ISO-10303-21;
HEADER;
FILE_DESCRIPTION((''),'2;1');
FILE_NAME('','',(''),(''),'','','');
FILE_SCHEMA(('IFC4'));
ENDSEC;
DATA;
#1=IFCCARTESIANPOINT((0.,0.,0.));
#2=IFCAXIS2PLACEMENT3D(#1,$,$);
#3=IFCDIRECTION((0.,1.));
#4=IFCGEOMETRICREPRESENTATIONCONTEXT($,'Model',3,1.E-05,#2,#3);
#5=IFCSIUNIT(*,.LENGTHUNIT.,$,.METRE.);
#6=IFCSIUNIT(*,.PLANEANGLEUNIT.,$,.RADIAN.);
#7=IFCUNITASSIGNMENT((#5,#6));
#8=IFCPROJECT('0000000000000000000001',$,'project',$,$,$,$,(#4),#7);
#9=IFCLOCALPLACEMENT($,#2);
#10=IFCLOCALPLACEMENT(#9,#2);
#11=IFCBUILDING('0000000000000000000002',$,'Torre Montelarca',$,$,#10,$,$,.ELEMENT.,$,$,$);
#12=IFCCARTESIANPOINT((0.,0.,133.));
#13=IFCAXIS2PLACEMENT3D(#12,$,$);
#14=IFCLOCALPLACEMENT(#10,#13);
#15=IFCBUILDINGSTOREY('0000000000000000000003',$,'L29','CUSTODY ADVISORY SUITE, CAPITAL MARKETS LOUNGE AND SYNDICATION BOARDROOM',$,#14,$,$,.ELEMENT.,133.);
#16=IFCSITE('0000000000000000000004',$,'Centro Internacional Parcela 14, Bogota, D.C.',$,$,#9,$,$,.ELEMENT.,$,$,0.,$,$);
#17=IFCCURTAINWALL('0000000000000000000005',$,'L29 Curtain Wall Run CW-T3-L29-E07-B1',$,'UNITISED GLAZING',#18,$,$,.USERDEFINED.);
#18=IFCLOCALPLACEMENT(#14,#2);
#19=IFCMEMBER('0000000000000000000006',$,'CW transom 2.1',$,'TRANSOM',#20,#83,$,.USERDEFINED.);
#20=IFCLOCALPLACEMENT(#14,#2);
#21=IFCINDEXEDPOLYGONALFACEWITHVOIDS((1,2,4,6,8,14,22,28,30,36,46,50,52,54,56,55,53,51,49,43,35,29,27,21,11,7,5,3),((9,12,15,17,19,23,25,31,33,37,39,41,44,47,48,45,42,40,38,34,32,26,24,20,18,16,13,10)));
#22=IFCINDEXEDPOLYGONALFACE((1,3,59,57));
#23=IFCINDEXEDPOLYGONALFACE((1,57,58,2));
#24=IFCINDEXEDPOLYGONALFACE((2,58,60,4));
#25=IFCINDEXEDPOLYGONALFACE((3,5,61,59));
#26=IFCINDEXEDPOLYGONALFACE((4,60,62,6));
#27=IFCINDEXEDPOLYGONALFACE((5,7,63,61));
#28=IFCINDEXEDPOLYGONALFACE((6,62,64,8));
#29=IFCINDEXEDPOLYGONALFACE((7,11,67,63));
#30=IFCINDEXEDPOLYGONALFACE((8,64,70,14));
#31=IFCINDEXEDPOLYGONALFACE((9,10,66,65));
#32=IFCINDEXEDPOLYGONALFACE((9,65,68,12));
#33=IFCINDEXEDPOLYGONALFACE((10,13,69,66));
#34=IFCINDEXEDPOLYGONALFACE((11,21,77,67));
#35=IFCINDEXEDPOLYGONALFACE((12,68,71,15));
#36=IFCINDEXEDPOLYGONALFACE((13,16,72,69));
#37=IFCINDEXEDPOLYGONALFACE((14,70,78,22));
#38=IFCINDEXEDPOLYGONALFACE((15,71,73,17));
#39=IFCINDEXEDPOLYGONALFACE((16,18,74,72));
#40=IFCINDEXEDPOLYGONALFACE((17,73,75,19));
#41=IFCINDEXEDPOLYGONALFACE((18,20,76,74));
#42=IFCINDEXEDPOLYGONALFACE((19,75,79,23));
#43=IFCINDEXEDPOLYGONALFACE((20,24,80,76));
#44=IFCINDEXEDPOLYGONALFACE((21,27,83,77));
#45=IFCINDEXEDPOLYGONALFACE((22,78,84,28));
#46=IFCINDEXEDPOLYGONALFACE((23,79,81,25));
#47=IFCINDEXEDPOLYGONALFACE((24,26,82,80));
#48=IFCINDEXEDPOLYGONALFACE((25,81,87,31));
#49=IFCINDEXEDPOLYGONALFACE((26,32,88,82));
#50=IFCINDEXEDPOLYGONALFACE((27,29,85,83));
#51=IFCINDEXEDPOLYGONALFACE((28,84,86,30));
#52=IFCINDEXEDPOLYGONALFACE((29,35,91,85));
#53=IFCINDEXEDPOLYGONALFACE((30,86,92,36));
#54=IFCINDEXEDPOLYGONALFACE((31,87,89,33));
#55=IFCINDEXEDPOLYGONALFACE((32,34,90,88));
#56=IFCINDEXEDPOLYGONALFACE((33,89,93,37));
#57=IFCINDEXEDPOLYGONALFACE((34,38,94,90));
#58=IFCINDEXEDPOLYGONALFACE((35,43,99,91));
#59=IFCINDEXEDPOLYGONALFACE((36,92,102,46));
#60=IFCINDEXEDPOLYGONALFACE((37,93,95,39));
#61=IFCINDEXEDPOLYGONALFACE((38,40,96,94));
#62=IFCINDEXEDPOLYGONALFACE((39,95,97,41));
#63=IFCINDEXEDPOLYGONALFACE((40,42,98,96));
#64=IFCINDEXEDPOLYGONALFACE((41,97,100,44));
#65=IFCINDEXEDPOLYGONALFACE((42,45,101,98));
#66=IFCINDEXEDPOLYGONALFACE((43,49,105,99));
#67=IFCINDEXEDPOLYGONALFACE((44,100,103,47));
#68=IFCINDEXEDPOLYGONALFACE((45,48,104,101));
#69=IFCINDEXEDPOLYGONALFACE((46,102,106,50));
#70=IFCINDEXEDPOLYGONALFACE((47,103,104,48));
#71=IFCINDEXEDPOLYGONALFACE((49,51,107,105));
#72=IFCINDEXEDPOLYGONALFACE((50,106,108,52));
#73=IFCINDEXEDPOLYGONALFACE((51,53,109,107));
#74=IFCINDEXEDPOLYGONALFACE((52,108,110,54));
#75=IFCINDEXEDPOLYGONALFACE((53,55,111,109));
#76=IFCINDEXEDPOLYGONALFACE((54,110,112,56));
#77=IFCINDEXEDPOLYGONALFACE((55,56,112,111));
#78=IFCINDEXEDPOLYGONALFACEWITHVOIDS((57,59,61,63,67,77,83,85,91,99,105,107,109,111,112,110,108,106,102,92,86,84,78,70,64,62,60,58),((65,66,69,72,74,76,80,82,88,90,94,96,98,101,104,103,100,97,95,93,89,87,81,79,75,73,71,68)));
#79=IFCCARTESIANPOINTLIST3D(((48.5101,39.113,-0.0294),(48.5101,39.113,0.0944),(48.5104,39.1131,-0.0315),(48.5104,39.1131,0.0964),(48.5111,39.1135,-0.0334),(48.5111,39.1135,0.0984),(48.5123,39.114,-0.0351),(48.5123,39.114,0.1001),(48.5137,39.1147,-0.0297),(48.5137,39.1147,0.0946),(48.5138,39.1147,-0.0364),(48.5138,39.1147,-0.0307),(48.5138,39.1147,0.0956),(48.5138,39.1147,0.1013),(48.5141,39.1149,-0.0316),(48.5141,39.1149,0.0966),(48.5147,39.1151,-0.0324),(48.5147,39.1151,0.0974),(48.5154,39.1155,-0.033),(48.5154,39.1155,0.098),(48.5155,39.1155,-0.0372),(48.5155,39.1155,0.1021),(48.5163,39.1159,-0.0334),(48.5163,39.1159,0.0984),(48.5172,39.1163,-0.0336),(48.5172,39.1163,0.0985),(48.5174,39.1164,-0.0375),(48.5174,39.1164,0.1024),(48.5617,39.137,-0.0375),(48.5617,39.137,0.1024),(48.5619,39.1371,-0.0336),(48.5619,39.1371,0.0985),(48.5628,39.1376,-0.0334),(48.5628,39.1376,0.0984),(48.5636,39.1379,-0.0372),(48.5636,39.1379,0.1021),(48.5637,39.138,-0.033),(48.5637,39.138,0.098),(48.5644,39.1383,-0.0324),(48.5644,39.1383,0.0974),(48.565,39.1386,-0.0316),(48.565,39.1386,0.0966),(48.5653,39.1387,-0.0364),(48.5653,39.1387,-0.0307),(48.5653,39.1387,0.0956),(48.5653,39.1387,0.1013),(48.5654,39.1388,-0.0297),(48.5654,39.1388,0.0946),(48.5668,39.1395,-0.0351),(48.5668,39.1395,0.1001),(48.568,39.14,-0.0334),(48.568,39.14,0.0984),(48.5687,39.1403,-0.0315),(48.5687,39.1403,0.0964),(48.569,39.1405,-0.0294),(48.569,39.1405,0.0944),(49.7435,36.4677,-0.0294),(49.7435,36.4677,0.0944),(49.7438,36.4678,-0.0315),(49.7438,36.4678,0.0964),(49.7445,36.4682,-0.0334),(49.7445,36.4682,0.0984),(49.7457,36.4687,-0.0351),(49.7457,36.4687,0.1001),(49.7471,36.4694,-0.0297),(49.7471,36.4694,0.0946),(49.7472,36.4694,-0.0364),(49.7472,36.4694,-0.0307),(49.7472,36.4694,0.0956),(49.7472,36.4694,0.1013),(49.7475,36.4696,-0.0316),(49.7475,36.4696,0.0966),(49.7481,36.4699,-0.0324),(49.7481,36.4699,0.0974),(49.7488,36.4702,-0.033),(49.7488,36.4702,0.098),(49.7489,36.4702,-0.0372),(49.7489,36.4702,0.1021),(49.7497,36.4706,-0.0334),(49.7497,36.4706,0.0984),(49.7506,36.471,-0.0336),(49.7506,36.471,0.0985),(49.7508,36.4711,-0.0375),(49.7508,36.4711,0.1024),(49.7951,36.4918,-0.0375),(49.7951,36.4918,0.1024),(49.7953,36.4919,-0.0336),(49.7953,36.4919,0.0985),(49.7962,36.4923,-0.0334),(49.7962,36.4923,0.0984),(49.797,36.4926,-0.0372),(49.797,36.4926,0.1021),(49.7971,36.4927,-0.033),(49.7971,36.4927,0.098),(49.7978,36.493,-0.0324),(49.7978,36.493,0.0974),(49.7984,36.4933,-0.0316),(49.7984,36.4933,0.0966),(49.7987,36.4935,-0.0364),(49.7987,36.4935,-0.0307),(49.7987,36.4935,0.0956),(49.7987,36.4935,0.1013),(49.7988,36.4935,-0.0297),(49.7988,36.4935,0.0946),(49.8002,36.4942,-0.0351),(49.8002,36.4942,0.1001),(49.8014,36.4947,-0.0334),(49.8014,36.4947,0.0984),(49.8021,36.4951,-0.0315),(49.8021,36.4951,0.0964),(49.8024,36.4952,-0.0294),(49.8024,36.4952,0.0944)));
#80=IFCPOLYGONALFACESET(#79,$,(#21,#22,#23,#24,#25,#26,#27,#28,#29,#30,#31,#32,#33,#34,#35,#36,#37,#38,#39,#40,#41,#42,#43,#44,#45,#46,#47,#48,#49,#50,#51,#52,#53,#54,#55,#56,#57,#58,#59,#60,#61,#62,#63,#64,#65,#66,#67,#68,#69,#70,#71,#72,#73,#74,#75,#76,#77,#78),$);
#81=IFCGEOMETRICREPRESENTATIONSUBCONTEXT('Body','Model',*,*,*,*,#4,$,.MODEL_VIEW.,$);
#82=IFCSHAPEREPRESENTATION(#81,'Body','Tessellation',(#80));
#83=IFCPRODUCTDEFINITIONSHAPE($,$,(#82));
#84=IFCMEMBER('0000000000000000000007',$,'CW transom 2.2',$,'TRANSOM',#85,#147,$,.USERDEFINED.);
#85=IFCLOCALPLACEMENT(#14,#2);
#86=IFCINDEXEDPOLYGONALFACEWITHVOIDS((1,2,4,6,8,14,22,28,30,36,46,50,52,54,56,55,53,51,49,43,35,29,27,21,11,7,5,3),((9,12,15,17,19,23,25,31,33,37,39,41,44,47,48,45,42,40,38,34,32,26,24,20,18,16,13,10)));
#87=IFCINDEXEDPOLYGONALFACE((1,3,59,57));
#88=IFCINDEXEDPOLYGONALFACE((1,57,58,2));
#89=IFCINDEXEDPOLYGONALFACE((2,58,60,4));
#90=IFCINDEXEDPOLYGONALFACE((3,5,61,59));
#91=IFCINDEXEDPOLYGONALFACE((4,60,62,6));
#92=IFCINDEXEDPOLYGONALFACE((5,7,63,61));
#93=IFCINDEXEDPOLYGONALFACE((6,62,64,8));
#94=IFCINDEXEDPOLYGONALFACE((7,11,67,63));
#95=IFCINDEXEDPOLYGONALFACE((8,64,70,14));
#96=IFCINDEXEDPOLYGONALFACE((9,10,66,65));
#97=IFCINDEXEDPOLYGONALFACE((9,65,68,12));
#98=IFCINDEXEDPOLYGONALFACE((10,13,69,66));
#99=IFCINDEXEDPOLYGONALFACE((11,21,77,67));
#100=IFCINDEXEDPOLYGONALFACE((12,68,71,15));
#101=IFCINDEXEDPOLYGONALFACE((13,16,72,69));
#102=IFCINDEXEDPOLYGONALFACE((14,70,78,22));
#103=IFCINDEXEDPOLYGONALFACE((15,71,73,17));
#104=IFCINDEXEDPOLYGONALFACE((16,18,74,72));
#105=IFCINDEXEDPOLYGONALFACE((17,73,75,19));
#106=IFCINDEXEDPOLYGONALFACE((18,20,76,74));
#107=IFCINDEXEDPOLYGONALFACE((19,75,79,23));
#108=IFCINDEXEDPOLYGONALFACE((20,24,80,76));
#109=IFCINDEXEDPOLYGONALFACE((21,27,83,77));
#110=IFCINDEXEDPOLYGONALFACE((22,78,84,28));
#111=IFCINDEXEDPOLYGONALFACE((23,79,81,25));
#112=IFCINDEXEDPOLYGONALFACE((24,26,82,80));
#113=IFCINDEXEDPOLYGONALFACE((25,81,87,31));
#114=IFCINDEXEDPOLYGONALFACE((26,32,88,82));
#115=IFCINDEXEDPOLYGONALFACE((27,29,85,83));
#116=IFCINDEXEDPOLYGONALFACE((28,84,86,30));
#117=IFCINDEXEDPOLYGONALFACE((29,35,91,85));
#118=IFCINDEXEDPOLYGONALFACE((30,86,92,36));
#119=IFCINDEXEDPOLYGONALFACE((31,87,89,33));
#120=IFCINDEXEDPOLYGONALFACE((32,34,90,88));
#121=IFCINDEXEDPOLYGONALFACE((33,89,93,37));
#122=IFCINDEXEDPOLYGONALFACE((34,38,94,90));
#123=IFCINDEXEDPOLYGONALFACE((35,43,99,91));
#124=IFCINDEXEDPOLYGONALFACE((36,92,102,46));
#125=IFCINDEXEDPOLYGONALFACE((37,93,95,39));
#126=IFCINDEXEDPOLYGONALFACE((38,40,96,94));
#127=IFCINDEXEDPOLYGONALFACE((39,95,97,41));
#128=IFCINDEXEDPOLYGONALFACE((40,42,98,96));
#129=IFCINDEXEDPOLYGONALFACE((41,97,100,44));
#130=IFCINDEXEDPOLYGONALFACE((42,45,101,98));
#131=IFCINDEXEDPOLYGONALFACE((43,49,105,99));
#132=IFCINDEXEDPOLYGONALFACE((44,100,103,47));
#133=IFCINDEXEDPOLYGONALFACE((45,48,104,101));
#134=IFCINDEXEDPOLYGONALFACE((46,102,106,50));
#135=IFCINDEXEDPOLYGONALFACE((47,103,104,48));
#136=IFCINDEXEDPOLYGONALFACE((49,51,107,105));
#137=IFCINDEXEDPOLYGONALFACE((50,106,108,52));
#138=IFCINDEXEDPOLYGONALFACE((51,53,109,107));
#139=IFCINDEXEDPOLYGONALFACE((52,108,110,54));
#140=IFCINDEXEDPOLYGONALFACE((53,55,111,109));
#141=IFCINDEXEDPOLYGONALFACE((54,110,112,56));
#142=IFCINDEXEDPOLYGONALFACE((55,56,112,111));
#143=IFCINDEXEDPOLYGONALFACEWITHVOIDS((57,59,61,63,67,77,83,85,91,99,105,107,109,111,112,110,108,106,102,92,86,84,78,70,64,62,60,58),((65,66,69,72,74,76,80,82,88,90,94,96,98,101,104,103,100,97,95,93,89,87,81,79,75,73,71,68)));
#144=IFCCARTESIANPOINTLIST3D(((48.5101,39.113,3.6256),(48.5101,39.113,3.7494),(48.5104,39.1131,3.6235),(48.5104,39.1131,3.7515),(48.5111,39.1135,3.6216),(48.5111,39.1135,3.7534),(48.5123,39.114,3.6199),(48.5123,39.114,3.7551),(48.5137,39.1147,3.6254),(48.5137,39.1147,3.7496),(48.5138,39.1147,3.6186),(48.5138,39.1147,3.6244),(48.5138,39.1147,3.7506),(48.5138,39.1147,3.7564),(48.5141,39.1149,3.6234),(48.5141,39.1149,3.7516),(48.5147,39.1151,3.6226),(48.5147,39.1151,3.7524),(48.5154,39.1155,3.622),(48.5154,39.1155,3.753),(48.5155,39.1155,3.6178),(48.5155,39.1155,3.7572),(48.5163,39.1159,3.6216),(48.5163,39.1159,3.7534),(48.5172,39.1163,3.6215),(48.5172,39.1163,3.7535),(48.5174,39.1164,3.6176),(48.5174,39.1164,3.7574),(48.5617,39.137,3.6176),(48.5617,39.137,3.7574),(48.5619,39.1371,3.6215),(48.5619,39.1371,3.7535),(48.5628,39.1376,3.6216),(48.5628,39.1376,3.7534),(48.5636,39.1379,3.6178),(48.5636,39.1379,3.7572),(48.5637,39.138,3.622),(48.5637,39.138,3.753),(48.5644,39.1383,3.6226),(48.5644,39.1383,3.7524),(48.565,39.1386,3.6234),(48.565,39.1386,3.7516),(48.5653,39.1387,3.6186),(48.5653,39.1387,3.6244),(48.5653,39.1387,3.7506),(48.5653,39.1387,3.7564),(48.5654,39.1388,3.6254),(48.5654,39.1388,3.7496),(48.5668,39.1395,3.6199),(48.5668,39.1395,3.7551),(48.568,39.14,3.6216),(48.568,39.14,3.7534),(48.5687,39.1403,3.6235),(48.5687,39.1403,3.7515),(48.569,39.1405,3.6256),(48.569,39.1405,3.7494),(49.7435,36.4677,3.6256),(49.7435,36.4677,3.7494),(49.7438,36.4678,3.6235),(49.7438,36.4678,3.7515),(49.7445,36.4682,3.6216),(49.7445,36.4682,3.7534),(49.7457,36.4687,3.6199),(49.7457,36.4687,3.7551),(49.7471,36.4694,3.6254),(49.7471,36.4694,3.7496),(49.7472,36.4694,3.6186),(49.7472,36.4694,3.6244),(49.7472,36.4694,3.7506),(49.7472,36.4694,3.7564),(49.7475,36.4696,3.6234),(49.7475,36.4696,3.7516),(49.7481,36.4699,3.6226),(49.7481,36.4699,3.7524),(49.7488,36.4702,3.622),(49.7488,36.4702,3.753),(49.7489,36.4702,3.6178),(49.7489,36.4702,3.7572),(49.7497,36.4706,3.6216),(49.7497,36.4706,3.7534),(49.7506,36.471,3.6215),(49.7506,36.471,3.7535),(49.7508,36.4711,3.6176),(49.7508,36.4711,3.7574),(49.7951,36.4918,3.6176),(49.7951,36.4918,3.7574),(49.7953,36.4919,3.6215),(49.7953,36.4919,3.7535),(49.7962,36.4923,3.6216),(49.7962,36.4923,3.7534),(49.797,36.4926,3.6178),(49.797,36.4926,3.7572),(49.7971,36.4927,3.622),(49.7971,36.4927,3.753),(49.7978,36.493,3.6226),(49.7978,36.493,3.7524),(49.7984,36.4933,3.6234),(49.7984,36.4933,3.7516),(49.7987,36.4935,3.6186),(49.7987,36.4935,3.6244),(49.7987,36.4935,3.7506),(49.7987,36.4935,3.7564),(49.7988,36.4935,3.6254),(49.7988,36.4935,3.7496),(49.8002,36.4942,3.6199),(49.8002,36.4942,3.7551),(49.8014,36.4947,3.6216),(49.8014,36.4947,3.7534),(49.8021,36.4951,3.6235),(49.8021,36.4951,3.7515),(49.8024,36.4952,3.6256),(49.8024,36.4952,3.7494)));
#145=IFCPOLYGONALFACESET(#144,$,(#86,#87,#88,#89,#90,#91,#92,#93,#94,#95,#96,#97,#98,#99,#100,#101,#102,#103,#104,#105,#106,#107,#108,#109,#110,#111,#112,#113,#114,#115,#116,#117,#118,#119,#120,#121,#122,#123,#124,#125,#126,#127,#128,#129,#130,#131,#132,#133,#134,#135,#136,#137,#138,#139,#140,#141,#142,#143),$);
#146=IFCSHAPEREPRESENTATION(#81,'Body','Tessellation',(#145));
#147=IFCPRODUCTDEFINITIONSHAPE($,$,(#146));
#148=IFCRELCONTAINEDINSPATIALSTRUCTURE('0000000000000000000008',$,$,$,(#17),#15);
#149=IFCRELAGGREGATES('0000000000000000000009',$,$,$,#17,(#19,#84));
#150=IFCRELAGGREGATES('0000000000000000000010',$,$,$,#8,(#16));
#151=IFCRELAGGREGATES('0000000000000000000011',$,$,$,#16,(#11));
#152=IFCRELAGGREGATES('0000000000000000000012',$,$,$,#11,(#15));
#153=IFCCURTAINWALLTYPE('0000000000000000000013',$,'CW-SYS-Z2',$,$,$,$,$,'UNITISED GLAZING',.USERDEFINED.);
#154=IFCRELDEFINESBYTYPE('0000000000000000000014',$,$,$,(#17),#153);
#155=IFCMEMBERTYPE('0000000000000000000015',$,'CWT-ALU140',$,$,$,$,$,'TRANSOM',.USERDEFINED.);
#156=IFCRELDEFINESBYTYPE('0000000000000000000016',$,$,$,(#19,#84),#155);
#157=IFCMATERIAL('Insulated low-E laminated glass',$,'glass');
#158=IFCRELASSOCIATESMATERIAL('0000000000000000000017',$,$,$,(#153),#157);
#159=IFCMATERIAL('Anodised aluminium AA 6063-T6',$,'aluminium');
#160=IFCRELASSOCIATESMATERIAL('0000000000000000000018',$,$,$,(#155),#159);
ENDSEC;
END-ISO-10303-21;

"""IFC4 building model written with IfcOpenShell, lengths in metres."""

from ifc_helpers import new_model, si_unit, direction, frame, origin, origin_2d, place, context, subcontext, project, spatial, hollow_rectangle, extrude, source, transform, mapped, material, material_profile, profile_set, type_object, element, aggregate, save


model = new_model("IFC4")

# Units and contexts
model_context = context("Model", 3, precision=1e-05, world=origin(), true_north=direction((0.0, 1.0)))
body_context = subcontext(model_context, "Body", "Model", "MODEL_VIEW")
ifc_project = project(units=[si_unit("LENGTHUNIT", "METRE"), si_unit("PLANEANGLEUNIT", "RADIAN")], contexts=[model_context])

# Site, building, storey
site_placement = place(None, origin())
site = spatial("IfcSite", under=ifc_project, at=site_placement, Name="Centro Internacional Parcela 14, Bogota, D.C.", CompositionType="ELEMENT", RefElevation=0.0)
building_placement = place(site_placement, origin())
building = spatial("IfcBuilding", under=site, at=building_placement, Name="Torre Montelarca", CompositionType="ELEMENT")
storey_placement = place(building_placement, frame((0.0, 0.0, 133.0)))
storey = spatial("IfcBuildingStorey", under=building, at=storey_placement, Name="L29", Description="CUSTODY ADVISORY SUITE, CAPITAL MARKETS LOUNGE AND SYNDICATION BOARDROOM", CompositionType="ELEMENT", Elevation=133.0)

# Curtain wall, members
ifc_material_1 = material(Name="Insulated low-E laminated glass", Category="glass")
curtain_wall_type = type_object("IfcCurtainWallType", Name="CW-SYS-Z2", ElementType="UNITISED GLAZING", PredefinedType="USERDEFINED", material=ifc_material_1)
curtain_wall_1_placement = place(storey_placement, origin())
curtain_wall_1 = element("IfcCurtainWall", 1, at=curtain_wall_1_placement, inside=storey, type_object=curtain_wall_type, Name="L29 Curtain Wall Run CW-T3-L29-E07-B1", ObjectType="UNITISED GLAZING", PredefinedType="USERDEFINED")
ifc_material_2 = material(Name="Anodised aluminium AA 6063-T6", Category="aluminium")
ifc_material_profile_1 = material_profile(ifc_material_2, hollow_rectangle(XDim=0.0649, YDim=0.1399, WallThickness=0.0039, InnerFilletRadius=0.0039, OuterFilletRadius=0.0081, at=origin_2d()), Name="ALU65X140X4", Category="aluminium")
ifc_profile_set_1 = profile_set([ifc_material_profile_1], Name="Anodised aluminium AA 6063-T6")
member_type_1 = type_object("IfcMemberType", Name="CWT-ALU140", ElementType="TRANSOM", PredefinedType="USERDEFINED", material=ifc_profile_set_1)
shared_shape_1 = source(origin(), body_context, "Body", "SweptSolid", [
    extrude(hollow_rectangle(XDim=0.0649, YDim=0.1399, WallThickness=0.0039, InnerFilletRadius=0.0039, OuterFilletRadius=0.0081, at=origin_2d()), origin(), (0.0, 0.0, 1.0), 2.9187),
])
member_1_placement = place(storey_placement, frame((49.7729, 36.4814, 0.0325), z_axis=(-0.422588, 0.906322, 0.0), x_axis=(-0.906322, -0.422588, 0.0)))
member_1 = element("IfcMember", 2, at=member_1_placement, type_object=member_type_1, Name="CW transom 2.1", ObjectType="TRANSOM", PredefinedType="USERDEFINED", context=body_context, shape_type="MappedRepresentation", body=[
    mapped(shared_shape_1, transform((0.0, 0.0, 0.0), scale=1.0)),
])
member_2_placement = place(storey_placement, frame((49.7729, 36.4814, 3.6875), z_axis=(-0.422588, 0.906322, 0.0), x_axis=(-0.906322, -0.422588, 0.0)))
member_2 = element("IfcMember", 3, at=member_2_placement, type_object=member_type_1, Name="CW transom 2.2", ObjectType="TRANSOM", PredefinedType="USERDEFINED", context=body_context, shape_type="MappedRepresentation", body=[
    mapped(shared_shape_1, transform((0.0, 0.0, 0.0), scale=1.0)),
])

aggregate(curtain_wall_1, [member_1, member_2])

save(model, "model.ifc")
